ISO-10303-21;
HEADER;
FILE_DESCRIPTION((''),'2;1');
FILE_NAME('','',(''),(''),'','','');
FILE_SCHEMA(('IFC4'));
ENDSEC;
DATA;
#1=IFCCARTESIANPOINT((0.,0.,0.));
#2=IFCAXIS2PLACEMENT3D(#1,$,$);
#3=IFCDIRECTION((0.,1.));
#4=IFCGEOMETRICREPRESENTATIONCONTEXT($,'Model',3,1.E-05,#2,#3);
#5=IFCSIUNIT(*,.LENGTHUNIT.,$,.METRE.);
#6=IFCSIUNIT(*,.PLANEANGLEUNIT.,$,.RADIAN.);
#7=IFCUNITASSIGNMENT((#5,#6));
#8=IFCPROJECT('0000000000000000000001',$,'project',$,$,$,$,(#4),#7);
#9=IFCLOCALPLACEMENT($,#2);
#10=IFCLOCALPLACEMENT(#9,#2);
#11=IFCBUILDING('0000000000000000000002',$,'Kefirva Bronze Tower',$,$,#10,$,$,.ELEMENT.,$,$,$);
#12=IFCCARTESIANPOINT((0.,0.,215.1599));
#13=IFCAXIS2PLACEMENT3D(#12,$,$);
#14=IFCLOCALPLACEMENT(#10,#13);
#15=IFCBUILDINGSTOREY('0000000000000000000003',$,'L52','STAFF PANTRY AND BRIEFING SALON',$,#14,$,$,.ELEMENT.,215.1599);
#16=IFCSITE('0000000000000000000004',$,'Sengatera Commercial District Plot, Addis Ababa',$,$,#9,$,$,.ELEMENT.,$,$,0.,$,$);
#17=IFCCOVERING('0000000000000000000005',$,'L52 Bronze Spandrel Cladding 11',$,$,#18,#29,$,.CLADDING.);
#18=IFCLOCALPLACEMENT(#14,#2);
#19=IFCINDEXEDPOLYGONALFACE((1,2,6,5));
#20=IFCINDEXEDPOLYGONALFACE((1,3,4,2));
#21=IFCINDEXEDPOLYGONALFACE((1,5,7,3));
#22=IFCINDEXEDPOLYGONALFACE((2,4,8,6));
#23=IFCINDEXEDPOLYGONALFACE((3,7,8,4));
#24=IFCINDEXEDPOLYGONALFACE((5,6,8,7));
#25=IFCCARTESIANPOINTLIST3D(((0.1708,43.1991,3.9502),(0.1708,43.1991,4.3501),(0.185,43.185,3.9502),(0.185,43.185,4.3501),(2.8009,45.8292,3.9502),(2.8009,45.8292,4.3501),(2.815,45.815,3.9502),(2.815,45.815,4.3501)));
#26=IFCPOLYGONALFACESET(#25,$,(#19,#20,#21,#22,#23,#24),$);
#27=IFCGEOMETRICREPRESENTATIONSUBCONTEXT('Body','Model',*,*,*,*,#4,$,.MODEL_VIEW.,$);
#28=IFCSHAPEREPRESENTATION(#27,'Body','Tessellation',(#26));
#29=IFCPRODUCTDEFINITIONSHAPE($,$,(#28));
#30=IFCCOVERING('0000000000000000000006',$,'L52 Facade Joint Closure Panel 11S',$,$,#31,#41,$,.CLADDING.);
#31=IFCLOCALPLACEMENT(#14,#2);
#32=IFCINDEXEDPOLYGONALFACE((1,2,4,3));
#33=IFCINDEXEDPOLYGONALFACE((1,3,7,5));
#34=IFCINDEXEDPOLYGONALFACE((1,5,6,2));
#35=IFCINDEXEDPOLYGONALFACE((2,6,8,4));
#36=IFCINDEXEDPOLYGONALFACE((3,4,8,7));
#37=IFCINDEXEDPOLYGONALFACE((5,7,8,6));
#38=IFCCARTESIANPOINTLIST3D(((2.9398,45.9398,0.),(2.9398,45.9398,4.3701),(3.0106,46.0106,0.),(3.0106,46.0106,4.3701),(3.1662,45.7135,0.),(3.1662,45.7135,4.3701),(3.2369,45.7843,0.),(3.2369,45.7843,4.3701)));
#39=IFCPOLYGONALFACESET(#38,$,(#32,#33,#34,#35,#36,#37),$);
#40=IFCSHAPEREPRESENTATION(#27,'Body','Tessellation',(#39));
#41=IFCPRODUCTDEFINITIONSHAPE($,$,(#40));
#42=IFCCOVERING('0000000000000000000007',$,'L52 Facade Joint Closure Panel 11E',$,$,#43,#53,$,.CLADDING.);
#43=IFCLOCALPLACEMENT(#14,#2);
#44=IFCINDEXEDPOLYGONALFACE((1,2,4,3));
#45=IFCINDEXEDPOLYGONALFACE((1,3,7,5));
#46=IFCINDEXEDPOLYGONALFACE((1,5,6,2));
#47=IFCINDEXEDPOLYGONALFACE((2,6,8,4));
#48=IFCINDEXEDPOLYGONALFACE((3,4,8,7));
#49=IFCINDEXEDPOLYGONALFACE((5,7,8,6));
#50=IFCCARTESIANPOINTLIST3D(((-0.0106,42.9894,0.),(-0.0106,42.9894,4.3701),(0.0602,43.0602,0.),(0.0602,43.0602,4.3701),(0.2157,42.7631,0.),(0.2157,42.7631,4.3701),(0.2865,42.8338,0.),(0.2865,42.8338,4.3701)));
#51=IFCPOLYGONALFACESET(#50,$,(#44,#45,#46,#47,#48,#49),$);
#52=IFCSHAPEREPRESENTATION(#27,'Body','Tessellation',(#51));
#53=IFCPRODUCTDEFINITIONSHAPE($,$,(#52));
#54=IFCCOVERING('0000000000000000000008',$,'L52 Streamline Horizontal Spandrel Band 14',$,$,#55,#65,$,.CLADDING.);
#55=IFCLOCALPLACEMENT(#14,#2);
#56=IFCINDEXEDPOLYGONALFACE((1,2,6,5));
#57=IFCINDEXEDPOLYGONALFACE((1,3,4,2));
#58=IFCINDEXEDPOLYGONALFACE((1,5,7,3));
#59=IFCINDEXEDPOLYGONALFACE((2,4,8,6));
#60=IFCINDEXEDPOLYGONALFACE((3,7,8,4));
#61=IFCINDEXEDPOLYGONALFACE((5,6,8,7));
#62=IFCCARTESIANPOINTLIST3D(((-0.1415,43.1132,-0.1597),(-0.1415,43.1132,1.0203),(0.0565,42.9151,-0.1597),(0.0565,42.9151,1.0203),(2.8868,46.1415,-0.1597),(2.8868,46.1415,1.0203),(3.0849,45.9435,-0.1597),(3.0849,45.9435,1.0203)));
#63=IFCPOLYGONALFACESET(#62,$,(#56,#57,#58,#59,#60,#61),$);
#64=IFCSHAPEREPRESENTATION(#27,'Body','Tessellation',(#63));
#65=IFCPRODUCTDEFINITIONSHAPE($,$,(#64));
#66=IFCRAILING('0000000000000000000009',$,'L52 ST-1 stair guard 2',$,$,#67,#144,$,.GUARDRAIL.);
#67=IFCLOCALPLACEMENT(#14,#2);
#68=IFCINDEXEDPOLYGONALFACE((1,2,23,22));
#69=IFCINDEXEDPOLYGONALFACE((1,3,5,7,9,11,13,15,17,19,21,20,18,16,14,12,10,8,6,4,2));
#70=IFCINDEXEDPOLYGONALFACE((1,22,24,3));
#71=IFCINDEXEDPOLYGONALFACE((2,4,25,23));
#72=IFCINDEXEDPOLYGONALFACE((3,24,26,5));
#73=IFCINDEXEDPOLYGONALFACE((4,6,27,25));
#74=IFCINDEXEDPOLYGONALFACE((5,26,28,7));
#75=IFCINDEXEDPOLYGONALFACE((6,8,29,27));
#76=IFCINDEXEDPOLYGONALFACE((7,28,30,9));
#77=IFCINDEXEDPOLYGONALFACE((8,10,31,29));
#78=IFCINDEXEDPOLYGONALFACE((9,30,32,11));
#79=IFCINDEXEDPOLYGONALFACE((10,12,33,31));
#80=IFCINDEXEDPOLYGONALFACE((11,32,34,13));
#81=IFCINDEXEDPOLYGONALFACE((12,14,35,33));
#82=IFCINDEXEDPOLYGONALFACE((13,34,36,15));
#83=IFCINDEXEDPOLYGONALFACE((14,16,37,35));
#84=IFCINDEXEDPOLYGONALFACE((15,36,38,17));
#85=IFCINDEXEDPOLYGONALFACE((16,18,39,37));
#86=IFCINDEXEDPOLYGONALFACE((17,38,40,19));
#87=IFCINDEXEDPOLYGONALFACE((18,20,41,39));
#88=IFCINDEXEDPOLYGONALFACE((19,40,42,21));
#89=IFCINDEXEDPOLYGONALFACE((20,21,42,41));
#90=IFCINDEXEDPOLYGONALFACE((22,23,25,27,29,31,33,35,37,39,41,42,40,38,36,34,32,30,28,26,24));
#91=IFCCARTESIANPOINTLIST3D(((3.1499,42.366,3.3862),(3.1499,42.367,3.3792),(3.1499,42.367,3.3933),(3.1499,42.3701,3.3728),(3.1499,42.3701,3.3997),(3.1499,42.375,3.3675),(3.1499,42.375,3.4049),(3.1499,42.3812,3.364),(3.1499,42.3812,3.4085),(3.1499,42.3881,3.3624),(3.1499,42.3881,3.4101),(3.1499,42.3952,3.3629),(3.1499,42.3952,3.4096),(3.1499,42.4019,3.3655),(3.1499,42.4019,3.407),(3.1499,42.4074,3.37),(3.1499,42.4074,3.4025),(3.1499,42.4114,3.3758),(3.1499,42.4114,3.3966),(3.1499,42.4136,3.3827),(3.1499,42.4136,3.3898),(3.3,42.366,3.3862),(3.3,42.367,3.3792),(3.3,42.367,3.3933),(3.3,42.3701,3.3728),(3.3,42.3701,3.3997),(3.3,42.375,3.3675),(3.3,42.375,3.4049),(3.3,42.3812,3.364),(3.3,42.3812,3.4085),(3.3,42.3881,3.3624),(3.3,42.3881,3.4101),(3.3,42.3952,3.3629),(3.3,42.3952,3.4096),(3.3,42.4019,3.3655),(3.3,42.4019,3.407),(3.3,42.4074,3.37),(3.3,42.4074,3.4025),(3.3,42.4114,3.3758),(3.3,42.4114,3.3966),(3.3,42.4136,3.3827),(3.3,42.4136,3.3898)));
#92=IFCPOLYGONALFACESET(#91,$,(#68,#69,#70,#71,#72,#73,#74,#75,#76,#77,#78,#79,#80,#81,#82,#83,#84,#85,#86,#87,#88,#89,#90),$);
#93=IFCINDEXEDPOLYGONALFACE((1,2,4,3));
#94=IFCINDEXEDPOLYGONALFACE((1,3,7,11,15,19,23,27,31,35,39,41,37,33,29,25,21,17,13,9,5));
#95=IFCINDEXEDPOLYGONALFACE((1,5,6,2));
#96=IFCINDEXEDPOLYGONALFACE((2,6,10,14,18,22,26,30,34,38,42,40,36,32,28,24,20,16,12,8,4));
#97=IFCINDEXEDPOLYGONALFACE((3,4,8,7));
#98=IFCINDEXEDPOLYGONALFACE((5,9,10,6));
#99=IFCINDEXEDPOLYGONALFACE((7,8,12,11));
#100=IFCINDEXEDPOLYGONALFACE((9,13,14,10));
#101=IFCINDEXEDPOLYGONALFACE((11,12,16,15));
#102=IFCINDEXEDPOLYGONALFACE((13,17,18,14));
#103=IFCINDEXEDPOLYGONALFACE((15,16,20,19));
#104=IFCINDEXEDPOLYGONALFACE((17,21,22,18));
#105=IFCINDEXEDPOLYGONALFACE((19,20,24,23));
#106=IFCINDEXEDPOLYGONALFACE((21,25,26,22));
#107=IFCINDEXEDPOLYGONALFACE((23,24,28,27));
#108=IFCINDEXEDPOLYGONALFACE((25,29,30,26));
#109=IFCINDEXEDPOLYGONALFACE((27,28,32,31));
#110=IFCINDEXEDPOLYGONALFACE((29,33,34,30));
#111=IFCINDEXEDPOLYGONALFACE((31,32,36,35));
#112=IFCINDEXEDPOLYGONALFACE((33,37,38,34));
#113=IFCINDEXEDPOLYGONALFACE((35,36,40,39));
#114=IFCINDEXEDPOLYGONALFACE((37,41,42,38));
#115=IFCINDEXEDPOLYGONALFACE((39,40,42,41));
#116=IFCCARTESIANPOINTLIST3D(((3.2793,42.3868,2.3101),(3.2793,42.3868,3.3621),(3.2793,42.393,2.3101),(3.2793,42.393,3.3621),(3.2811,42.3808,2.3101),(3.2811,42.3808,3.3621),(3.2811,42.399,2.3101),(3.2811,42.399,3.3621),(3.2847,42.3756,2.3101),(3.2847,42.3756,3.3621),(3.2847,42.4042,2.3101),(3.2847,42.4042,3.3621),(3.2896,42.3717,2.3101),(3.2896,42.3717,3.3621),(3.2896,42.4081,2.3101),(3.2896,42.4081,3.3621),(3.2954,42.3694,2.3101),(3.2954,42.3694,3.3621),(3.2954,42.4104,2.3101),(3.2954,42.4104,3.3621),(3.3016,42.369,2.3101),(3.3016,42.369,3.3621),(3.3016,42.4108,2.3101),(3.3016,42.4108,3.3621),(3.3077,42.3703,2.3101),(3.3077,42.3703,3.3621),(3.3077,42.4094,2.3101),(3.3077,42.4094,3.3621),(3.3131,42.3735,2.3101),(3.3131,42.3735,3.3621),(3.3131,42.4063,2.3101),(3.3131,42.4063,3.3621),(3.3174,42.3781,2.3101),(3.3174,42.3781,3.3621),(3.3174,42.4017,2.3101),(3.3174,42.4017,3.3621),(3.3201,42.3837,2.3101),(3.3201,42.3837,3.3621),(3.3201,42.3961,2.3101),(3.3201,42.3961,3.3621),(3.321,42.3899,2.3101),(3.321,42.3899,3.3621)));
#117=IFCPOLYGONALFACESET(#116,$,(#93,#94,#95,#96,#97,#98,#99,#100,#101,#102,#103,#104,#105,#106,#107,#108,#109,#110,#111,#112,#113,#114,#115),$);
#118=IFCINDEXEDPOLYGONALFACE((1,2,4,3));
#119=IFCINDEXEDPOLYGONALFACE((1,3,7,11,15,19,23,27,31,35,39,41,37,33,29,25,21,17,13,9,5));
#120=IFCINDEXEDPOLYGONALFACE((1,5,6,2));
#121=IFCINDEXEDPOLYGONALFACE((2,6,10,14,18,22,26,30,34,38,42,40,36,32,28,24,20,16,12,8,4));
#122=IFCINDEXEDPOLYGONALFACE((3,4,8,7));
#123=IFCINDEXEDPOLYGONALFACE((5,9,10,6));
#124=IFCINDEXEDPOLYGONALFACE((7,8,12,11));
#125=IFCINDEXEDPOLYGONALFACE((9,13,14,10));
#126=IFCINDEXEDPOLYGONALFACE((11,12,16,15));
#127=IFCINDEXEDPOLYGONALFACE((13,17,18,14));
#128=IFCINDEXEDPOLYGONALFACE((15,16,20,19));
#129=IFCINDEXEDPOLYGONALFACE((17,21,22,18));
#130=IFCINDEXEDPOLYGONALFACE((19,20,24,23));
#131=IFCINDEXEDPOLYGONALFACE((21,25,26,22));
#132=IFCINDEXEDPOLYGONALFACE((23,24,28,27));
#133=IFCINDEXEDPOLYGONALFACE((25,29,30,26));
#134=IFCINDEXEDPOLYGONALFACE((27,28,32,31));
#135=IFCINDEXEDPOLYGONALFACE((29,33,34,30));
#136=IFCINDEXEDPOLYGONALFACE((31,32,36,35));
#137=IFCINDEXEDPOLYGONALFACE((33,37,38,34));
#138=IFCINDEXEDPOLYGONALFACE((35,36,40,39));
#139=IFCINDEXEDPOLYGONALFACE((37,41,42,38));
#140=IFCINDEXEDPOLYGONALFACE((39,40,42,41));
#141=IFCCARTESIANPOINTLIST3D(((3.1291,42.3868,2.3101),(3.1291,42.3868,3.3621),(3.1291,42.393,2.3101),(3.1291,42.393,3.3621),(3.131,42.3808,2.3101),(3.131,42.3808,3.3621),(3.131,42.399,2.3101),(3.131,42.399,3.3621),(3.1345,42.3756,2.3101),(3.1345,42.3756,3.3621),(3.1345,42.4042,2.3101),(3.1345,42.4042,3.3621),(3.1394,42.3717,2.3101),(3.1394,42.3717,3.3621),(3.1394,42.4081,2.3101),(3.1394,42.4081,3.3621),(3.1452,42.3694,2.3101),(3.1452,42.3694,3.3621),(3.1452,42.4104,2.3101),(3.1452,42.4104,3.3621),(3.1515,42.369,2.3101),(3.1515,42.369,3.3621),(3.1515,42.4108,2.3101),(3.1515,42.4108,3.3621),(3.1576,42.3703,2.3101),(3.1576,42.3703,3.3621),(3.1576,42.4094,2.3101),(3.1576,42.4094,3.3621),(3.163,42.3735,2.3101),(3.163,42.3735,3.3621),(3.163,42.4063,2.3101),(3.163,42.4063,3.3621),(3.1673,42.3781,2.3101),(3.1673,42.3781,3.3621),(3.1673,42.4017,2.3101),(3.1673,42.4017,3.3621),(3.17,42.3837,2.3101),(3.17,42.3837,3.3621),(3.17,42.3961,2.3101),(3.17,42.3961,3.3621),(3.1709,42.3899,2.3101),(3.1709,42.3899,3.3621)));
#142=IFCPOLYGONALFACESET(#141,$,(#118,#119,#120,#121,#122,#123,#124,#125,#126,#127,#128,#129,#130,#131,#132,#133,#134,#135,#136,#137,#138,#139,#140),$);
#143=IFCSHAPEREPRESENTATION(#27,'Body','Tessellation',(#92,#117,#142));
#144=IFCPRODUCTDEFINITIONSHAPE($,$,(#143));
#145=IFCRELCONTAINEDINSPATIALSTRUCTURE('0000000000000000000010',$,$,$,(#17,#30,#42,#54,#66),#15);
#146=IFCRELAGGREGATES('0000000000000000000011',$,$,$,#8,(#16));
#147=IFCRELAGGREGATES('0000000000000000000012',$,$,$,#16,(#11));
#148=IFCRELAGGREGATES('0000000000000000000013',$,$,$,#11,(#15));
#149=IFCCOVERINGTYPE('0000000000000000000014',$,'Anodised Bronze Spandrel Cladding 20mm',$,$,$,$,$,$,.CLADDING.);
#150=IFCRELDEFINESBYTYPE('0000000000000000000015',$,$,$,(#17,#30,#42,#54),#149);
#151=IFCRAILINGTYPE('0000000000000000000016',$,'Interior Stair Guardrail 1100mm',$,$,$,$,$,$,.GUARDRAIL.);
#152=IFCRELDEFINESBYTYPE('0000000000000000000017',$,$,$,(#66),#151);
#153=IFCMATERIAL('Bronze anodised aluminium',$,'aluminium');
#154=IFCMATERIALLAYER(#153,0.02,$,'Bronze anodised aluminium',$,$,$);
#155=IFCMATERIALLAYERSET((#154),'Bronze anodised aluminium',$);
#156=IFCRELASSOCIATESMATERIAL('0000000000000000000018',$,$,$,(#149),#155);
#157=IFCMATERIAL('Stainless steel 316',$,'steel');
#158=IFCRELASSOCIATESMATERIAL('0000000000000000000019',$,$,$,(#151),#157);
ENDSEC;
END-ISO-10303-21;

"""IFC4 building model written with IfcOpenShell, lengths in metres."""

from ifc_helpers import new_model, si_unit, direction, frame, origin, origin_2d, place, context, subcontext, project, spatial, rectangle, circle, extrude, material, layer, layer_set, type_object, element, save


model = new_model("IFC4")

# Units and contexts
model_context = context("Model", 3, precision=1e-05, world=origin(), true_north=direction((0.0, 1.0)))
body_context = subcontext(model_context, "Body", "Model", "MODEL_VIEW")
ifc_project = project(units=[si_unit("LENGTHUNIT", "METRE"), si_unit("PLANEANGLEUNIT", "RADIAN")], contexts=[model_context])

# Site, building, storey
site_placement = place(None, origin())
site = spatial("IfcSite", under=ifc_project, at=site_placement, Name="Sengatera Commercial District Plot, Addis Ababa", CompositionType="ELEMENT", RefElevation=0.0)
building_placement = place(site_placement, origin())
building = spatial("IfcBuilding", under=site, at=building_placement, Name="Kefirva Bronze Tower", CompositionType="ELEMENT")
storey_placement = place(building_placement, frame((0.0, 0.0, 215.1599)))
storey = spatial("IfcBuildingStorey", under=building, at=storey_placement, Name="L52", Description="STAFF PANTRY AND BRIEFING SALON", CompositionType="ELEMENT", Elevation=215.1599)

# Shared definitions
ifc_material_1 = material(Name="Bronze anodised aluminium", Category="aluminium")

# Coverings
ifc_layer_1 = layer(ifc_material_1, 0.02, Name="Bronze anodised aluminium")
ifc_layer_set_1 = layer_set([ifc_layer_1], Name="Bronze anodised aluminium")
covering_type_1 = type_object("IfcCoveringType", Name="Anodised Bronze Spandrel Cladding 20mm", PredefinedType="CLADDING", material=ifc_layer_set_1)
covering_1_placement = place(storey_placement, frame((1.4929, 44.5071, 3.9502), z_axis=(0.0, 0.0, 1.0), x_axis=(-0.707107, -0.707107, 0.0)))
element("IfcCovering", 1, at=covering_1_placement, inside=storey, type_object=covering_type_1, Name="L52 Bronze Spandrel Cladding 11", PredefinedType="CLADDING", context=body_context, shape_type="SweptSolid", body=[
    extrude(rectangle(XDim=3.7195, YDim=0.02, at=origin_2d()), origin(), (0.0, 0.0, 1.0), 0.3999),
])
for number, where, z_axis, x_axis, name in (
    (2, (3.0884, 45.8621, 0.0), (0.0, 0.0, 1.0), (-0.707107, -0.707107, 0.0), "L52 Facade Joint Closure Panel 11S"),
    (3, (0.1379, 42.9116, 0.0), (0.0, 0.0, 1.0), (-0.707107, -0.707107, 0.0), "L52 Facade Joint Closure Panel 11E"),
):
    element("IfcCovering", number, at=place(storey_placement, frame(where, z_axis=z_axis, x_axis=x_axis)), inside=storey, type_object=covering_type_1, Name=name, PredefinedType="CLADDING", context=body_context, shape_type="SweptSolid", body=[
        extrude(rectangle(XDim=0.1001, YDim=0.3201, at=origin_2d()), origin(), (0.0, 0.0, 1.0), 4.3701),
    ])
covering_2_placement = place(storey_placement, frame((1.4717, 44.5283, -0.1597), z_axis=(0.0, 0.0, 1.0), x_axis=(-0.707107, -0.707107, 0.0)))
element("IfcCovering", 4, at=covering_2_placement, inside=storey, type_object=covering_type_1, Name="L52 Streamline Horizontal Spandrel Band 14", PredefinedType="CLADDING", context=body_context, shape_type="SweptSolid", body=[
    extrude(rectangle(XDim=4.2827, YDim=0.28, at=origin_2d()), origin(), (0.0, 0.0, 1.0), 1.1799),
])

# Railing
ifc_material_2 = material(Name="Stainless steel 316", Category="steel")
railing_type_1 = type_object("IfcRailingType", Name="Interior Stair Guardrail 1100mm", PredefinedType="GUARDRAIL", material=ifc_material_2)
railing_1_placement = place(storey_placement, frame((3.3, 42.3899, 2.3101)))
element("IfcRailing", 5, at=railing_1_placement, inside=storey, type_object=railing_type_1, Name="L52 ST-1 stair guard 2", PredefinedType="GUARDRAIL", context=body_context, shape_type="SweptSolid", body=[
    extrude(circle(Radius=0.0239, at=origin_2d()), frame((0.0, 0.0, 1.0762), z_axis=(-1.0, 0.0, 0.0), x_axis=(0.0, -1.0, 0.0)), (0.0, 0.0, 1.0), 0.1501),
    extrude(circle(Radius=0.021, at=origin_2d()), origin(), (0.0, 0.0, 1.0), 1.052),
    extrude(circle(Radius=0.021, at=origin_2d()), frame((-0.1501, 0.0, 0.0)), (0.0, 0.0, 1.0), 1.052),
])

save(model, "model.ifc")
